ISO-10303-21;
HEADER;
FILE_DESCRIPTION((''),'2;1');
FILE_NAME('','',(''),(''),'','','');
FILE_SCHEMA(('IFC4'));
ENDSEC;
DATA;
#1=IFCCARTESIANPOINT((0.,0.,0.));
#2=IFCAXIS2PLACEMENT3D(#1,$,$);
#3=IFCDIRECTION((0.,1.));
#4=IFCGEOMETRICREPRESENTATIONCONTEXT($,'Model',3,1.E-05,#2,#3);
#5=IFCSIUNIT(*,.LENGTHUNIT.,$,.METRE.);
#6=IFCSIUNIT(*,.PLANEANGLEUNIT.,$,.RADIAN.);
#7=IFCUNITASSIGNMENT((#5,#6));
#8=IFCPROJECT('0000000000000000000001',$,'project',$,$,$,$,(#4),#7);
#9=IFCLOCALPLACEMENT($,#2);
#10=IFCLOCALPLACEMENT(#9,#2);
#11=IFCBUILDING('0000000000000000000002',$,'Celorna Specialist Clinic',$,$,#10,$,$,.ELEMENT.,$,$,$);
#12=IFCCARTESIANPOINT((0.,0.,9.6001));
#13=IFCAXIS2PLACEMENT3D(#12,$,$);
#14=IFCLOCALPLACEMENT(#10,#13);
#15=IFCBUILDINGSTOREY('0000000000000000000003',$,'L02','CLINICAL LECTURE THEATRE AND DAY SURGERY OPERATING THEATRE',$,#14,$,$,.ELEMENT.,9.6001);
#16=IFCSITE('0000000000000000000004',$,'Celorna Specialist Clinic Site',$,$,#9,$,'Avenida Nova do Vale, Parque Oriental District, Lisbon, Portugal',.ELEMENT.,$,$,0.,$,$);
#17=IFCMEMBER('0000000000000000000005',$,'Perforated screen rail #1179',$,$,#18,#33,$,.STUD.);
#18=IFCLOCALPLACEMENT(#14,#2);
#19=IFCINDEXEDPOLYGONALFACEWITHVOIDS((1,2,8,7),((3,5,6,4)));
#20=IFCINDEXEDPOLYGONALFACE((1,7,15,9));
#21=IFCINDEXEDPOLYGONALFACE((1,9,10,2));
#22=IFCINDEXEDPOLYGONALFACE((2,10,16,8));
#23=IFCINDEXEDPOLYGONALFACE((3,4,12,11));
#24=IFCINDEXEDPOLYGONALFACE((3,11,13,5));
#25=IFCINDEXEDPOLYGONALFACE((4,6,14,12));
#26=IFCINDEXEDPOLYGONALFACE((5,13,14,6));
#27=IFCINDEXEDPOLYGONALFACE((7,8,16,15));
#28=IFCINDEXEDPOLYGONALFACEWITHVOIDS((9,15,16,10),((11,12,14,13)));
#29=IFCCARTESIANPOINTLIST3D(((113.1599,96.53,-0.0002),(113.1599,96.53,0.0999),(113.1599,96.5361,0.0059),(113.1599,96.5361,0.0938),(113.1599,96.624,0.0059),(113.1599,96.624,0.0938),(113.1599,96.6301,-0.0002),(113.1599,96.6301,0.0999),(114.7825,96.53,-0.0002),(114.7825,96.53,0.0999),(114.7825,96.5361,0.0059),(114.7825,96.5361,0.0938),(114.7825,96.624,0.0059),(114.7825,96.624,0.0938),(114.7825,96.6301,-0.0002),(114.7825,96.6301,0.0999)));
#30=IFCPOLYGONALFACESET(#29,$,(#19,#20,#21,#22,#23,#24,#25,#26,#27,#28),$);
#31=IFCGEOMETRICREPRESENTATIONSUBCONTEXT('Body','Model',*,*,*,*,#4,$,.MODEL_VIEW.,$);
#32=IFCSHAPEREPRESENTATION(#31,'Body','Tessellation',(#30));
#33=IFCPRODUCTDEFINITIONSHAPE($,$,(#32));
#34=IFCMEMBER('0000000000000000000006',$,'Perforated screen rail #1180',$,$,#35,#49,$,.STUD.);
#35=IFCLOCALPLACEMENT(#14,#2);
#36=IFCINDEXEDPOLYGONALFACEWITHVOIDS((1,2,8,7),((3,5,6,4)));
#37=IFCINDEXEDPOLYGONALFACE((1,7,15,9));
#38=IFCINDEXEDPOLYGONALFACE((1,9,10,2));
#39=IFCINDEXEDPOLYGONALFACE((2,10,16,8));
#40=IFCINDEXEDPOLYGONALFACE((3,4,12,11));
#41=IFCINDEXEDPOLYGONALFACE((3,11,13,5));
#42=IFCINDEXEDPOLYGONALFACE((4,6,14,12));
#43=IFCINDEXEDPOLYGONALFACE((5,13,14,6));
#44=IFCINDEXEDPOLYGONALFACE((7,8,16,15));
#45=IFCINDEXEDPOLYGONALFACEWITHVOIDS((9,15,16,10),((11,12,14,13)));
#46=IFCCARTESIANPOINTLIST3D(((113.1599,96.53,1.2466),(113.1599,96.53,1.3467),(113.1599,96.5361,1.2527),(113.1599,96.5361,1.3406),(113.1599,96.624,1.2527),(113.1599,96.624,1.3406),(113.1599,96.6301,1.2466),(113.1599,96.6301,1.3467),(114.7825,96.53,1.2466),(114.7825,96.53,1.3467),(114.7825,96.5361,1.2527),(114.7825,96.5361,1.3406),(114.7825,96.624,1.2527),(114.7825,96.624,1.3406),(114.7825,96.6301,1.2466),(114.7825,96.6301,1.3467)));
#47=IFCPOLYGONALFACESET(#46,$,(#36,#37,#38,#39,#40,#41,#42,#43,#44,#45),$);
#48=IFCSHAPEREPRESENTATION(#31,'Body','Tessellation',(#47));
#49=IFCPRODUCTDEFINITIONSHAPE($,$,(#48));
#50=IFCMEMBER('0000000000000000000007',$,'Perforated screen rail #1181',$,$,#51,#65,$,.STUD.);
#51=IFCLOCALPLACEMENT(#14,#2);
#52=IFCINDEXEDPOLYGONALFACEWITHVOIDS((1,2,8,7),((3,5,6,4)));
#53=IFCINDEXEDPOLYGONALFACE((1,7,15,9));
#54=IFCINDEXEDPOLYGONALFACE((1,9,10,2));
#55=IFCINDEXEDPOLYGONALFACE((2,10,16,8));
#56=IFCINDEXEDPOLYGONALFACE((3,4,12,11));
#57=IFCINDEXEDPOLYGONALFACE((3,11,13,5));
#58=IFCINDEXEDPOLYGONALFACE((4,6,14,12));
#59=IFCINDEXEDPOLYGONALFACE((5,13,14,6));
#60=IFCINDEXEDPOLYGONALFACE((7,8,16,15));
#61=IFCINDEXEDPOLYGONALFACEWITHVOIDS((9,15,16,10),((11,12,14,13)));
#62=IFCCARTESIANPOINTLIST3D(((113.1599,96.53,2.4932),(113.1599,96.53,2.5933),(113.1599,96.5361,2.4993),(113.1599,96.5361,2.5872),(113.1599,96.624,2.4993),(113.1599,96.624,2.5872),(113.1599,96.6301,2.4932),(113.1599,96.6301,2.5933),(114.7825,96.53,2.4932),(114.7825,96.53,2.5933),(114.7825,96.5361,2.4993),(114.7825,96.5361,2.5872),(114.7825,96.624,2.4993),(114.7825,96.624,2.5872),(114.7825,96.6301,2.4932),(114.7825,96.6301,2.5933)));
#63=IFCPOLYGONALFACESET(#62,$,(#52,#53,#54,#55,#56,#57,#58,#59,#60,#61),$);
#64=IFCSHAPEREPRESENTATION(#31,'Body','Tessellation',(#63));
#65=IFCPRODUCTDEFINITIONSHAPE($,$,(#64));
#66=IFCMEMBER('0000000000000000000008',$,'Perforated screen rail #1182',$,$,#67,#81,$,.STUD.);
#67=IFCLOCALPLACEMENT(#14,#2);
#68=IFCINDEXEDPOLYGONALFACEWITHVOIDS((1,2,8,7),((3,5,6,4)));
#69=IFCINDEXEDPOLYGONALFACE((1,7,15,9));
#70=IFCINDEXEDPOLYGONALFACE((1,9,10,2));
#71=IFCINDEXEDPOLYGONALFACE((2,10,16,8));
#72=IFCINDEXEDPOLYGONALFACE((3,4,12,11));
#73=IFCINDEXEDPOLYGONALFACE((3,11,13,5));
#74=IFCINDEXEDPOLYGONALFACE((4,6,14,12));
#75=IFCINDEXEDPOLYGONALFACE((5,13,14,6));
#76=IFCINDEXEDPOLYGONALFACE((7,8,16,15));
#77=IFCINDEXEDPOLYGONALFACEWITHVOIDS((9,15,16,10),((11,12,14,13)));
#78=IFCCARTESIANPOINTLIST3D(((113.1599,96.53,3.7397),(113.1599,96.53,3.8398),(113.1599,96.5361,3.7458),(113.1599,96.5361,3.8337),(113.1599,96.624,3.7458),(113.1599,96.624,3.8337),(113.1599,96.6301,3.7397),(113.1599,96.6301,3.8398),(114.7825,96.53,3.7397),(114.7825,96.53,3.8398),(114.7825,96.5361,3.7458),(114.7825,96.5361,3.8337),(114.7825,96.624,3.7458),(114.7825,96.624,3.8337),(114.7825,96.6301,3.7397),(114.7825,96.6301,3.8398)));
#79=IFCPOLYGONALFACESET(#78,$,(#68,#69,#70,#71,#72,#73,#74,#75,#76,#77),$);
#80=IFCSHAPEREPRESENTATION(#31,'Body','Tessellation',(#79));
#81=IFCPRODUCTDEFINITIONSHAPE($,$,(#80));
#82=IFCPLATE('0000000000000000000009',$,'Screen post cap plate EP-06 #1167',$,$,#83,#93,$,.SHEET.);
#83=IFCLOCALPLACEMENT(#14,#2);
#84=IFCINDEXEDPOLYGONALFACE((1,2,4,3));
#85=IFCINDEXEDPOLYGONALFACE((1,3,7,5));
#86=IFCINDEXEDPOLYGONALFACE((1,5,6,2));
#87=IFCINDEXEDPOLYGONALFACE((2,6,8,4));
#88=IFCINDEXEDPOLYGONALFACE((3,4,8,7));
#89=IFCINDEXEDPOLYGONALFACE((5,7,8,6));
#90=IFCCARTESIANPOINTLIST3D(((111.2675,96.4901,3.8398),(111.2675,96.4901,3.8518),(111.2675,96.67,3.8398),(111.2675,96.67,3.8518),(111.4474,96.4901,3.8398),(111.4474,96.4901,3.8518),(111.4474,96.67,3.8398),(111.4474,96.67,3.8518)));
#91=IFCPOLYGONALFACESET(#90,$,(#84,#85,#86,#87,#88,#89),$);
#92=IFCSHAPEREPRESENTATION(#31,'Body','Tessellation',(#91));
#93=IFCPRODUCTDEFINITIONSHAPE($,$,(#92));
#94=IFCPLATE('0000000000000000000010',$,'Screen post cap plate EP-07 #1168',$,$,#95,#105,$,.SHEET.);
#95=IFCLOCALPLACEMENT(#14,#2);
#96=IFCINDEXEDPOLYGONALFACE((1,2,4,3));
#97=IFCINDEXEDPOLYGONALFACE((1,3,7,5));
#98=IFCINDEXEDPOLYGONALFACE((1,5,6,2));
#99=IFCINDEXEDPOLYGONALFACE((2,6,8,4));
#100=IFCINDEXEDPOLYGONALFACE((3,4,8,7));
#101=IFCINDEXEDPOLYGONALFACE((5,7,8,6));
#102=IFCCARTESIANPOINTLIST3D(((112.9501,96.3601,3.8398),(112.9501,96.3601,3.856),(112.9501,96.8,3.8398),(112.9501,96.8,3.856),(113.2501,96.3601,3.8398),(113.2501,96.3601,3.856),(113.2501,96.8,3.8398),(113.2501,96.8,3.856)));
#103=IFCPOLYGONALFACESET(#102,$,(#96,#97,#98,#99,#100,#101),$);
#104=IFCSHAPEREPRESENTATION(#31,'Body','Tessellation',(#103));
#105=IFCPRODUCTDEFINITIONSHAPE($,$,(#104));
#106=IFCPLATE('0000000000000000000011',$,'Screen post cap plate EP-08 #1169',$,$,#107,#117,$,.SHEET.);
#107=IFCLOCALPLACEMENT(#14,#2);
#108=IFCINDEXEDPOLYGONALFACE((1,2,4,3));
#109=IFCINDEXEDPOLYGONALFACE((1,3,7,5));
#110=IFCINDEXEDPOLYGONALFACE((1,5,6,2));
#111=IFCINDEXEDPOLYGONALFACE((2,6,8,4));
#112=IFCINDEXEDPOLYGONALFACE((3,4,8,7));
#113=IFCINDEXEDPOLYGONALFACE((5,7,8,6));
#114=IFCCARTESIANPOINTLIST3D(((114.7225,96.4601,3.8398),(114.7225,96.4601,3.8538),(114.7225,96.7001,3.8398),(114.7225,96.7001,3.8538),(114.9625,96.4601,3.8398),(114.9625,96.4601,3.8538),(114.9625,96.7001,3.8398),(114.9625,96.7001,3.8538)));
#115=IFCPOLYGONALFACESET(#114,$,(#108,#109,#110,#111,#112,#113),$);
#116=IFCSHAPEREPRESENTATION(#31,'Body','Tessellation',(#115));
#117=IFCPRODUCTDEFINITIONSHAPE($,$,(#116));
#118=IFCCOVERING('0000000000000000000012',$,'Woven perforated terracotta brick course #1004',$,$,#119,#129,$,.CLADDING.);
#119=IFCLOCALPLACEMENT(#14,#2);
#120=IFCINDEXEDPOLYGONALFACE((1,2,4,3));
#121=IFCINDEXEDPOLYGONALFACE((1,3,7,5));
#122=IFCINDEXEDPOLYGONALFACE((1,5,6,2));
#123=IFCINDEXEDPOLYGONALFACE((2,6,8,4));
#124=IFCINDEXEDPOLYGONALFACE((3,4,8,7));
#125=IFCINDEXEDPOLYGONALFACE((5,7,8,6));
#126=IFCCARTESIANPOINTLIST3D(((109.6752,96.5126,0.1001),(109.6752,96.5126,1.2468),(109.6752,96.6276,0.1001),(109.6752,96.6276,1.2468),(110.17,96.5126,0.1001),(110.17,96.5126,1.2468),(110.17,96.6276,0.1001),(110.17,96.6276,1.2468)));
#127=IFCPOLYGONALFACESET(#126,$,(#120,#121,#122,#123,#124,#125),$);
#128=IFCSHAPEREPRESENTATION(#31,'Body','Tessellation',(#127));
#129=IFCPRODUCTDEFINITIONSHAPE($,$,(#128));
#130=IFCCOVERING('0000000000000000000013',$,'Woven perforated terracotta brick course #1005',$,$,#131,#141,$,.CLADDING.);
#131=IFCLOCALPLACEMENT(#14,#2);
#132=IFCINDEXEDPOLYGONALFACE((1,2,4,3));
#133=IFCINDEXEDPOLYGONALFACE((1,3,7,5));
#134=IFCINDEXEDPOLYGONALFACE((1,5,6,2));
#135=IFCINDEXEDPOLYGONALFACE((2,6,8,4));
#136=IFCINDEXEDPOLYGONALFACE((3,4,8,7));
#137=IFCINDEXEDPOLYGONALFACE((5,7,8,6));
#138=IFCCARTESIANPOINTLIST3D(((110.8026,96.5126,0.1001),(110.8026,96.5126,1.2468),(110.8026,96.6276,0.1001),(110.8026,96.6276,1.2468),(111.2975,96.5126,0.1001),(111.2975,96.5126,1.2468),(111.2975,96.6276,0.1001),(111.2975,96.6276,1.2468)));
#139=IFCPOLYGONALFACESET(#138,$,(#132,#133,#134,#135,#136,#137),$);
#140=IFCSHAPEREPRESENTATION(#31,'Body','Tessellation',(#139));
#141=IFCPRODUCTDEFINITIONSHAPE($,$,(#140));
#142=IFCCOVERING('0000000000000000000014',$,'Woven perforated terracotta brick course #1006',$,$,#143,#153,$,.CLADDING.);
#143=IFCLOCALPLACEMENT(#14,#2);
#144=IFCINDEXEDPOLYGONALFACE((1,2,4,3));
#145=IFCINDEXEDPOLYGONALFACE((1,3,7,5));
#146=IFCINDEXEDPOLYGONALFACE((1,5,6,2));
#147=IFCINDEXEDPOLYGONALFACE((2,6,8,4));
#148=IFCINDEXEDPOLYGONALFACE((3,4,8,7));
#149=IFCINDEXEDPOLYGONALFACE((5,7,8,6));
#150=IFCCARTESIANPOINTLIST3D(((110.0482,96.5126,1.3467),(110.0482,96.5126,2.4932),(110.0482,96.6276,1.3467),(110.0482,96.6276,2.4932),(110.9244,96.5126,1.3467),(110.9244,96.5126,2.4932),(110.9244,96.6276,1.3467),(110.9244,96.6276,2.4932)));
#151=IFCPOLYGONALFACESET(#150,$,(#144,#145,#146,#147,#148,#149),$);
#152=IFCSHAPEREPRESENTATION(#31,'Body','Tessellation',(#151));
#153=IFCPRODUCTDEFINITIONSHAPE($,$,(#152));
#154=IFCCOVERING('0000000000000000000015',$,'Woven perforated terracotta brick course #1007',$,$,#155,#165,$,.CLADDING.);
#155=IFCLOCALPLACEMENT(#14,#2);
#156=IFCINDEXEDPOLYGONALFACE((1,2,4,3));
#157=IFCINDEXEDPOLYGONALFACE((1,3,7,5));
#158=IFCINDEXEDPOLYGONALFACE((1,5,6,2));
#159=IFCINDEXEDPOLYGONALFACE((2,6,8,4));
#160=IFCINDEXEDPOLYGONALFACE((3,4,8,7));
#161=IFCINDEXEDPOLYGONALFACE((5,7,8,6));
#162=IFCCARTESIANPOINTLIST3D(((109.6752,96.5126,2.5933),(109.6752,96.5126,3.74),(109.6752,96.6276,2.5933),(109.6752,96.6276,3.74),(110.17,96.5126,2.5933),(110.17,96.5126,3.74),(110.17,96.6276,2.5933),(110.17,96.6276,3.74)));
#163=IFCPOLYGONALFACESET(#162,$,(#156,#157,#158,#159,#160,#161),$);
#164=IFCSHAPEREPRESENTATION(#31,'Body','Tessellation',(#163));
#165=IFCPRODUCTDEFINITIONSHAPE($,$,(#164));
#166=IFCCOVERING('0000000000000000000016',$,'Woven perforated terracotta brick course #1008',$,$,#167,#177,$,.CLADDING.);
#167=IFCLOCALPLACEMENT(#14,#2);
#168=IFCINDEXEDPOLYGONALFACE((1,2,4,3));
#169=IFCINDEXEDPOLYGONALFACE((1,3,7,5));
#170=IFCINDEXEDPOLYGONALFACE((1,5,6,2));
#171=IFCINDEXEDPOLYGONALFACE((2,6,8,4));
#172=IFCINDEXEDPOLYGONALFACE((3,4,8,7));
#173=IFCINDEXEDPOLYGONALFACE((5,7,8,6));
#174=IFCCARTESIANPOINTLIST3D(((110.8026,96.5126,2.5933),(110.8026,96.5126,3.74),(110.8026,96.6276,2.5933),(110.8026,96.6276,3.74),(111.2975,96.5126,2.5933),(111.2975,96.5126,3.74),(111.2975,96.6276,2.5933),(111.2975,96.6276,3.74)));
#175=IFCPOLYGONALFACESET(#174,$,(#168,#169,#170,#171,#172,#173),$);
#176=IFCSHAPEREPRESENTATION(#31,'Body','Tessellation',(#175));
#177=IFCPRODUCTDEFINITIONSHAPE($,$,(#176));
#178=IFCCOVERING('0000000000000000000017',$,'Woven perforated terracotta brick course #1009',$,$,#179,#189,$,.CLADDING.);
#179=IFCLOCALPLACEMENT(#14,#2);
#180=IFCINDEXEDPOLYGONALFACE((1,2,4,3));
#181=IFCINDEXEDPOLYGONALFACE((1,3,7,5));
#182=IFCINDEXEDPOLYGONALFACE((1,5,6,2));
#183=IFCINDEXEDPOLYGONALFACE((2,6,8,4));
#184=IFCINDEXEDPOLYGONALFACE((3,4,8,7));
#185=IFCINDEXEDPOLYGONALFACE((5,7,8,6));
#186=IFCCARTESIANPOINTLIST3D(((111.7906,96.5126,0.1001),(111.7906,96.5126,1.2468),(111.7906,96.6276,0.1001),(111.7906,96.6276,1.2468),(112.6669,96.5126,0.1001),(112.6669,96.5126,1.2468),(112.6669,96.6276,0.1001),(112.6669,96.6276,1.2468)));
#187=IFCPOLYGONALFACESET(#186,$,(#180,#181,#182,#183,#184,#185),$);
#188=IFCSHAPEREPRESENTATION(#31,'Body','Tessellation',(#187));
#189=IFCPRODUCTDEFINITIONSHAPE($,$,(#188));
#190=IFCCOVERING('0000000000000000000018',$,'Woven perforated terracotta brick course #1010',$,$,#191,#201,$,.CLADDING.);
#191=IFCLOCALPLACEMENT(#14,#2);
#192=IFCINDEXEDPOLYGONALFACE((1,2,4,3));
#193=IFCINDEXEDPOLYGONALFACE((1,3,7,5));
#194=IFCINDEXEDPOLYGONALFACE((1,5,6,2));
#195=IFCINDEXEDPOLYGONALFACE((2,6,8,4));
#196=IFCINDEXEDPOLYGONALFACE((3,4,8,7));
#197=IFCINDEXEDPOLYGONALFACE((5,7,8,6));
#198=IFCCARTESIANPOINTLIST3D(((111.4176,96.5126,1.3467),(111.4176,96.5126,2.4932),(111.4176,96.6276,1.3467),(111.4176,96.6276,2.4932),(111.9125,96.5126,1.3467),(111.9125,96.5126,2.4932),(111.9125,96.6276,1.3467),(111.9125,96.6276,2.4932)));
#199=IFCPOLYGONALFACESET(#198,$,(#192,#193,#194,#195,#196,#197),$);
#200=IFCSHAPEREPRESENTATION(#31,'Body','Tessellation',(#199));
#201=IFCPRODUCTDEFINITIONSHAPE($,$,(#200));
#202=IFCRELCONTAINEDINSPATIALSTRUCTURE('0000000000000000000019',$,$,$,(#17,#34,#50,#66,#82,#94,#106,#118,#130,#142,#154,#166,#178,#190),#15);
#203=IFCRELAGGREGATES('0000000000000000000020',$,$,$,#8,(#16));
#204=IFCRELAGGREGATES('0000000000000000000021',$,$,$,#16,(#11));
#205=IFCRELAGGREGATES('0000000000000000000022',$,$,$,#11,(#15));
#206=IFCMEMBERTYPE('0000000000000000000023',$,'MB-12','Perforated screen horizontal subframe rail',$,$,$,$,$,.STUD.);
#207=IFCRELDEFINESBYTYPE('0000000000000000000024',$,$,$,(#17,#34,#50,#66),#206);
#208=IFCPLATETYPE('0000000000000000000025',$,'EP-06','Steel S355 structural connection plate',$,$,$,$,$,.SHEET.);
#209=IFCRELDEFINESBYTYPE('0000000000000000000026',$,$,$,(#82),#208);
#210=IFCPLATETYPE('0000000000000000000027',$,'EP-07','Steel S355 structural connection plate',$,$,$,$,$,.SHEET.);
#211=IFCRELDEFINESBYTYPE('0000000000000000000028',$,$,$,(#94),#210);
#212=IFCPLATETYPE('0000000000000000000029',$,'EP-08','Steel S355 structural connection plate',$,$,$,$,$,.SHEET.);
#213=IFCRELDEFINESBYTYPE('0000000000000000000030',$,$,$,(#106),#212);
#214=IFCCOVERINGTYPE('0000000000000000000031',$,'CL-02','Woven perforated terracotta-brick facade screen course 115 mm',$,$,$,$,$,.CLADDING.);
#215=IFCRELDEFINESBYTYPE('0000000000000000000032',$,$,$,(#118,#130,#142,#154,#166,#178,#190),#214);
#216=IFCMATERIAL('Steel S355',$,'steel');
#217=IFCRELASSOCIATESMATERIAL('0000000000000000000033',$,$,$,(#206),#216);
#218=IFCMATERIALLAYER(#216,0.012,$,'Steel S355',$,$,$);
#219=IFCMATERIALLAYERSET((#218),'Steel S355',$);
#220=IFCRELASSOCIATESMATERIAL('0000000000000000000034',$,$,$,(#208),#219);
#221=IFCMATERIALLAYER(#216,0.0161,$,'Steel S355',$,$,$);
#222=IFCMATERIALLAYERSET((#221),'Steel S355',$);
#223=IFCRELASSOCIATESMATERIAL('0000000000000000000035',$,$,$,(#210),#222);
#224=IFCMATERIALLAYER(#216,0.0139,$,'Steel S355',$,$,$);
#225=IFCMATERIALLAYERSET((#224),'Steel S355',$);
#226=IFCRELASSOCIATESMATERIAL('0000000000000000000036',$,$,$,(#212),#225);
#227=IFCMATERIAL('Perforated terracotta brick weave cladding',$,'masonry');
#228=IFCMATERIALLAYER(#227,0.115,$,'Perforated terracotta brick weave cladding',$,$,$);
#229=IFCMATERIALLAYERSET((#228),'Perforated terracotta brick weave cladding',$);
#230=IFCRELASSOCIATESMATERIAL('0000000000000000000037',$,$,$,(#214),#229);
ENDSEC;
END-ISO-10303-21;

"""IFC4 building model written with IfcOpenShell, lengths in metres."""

from ifc_helpers import new_model, si_unit, direction, frame, origin, origin_2d, place, context, subcontext, project, spatial, rectangle, hollow_rectangle, extrude, material, layer, layer_set, material_profile, profile_set, type_object, element, save


model = new_model("IFC4")

# Units and contexts
model_context = context("Model", 3, precision=1e-05, world=origin(), true_north=direction((0.0, 1.0)))
body_context = subcontext(model_context, "Body", "Model", "MODEL_VIEW")
ifc_project = project(units=[si_unit("LENGTHUNIT", "METRE"), si_unit("PLANEANGLEUNIT", "RADIAN")], contexts=[model_context])

# Site, building, storey
site_placement = place(None, origin())
site = spatial("IfcSite", under=ifc_project, at=site_placement, Name="Celorna Specialist Clinic Site", LongName="Avenida Nova do Vale, Parque Oriental District, Lisbon, Portugal", CompositionType="ELEMENT", RefElevation=0.0)
building_placement = place(site_placement, origin())
building = spatial("IfcBuilding", under=site, at=building_placement, Name="Celorna Specialist Clinic", CompositionType="ELEMENT")
storey_placement = place(building_placement, frame((0.0, 0.0, 9.6001)))
storey = spatial("IfcBuildingStorey", under=building, at=storey_placement, Name="L02", Description="CLINICAL LECTURE THEATRE AND DAY SURGERY OPERATING THEATRE", CompositionType="ELEMENT", Elevation=9.6001)

# Shared definitions
ifc_material_1 = material(Name="Steel S355", Category="steel")

# Members
ifc_material_profile_1 = material_profile(ifc_material_1, hollow_rectangle(XDim=0.1001, YDim=0.1001, WallThickness=0.0061, at=origin_2d()), Name="SHS 100x100x6")
ifc_profile_set_1 = profile_set([ifc_material_profile_1], Name="Steel S355")
member_type_1 = type_object("IfcMemberType", Name="MB-12", Description="Perforated screen horizontal subframe rail", PredefinedType="STUD", material=ifc_profile_set_1)
for number, where, z_axis, x_axis, name in (
    (1, (113.1599, 96.5801, 0.0498), (1.0, 0.0, 0.0), (0.0, 1.0, 0.0), "Perforated screen rail #1179"),
    (2, (113.1599, 96.5801, 1.2966), (1.0, 0.0, 0.0), (0.0, 1.0, 0.0), "Perforated screen rail #1180"),
    (3, (113.1599, 96.5801, 2.5432), (1.0, 0.0, 0.0), (0.0, 1.0, 0.0), "Perforated screen rail #1181"),
    (4, (113.1599, 96.5801, 3.7898), (1.0, 0.0, 0.0), (0.0, 1.0, 0.0), "Perforated screen rail #1182"),
):
    element("IfcMember", number, at=place(storey_placement, frame(where, z_axis=z_axis, x_axis=x_axis)), inside=storey, type_object=member_type_1, Name=name, PredefinedType="STUD", context=body_context, shape_type="SweptSolid", body=[
        extrude(hollow_rectangle(XDim=0.1001, YDim=0.1001, WallThickness=0.0061, at=origin_2d()), origin(), (0.0, 0.0, 1.0), 1.6226),
    ])

# Plates
ifc_layer_1 = layer(ifc_material_1, 0.012, Name="Steel S355")
ifc_layer_set_1 = layer_set([ifc_layer_1], Name="Steel S355")
plate_type_1 = type_object("IfcPlateType", Name="EP-06", Description="Steel S355 structural connection plate", PredefinedType="SHEET", material=ifc_layer_set_1)
plate_1_placement = place(storey_placement, frame((111.3574, 96.5801, 3.8398), z_axis=(0.0, 0.0, 1.0), x_axis=(1.0, 0.0, 0.0)))
element("IfcPlate", 5, at=plate_1_placement, inside=storey, type_object=plate_type_1, Name="Screen post cap plate EP-06 #1167", PredefinedType="SHEET", context=body_context, shape_type="SweptSolid", body=[
    extrude(rectangle(XDim=0.1799, YDim=0.1799, at=origin_2d()), origin(), (0.0, 0.0, 1.0), 0.012),
])
ifc_layer_2 = layer(ifc_material_1, 0.0161, Name="Steel S355")
ifc_layer_set_2 = layer_set([ifc_layer_2], Name="Steel S355")
plate_type_2 = type_object("IfcPlateType", Name="EP-07", Description="Steel S355 structural connection plate", PredefinedType="SHEET", material=ifc_layer_set_2)
plate_2_placement = place(storey_placement, frame((113.1001, 96.5801, 3.8398), z_axis=(0.0, 0.0, 1.0), x_axis=(1.0, 0.0, 0.0)))
element("IfcPlate", 6, at=plate_2_placement, inside=storey, type_object=plate_type_2, Name="Screen post cap plate EP-07 #1168", PredefinedType="SHEET", context=body_context, shape_type="SweptSolid", body=[
    extrude(rectangle(XDim=0.3, YDim=0.4399, at=origin_2d()), origin(), (0.0, 0.0, 1.0), 0.0161),
])
ifc_layer_3 = layer(ifc_material_1, 0.0139, Name="Steel S355")
ifc_layer_set_3 = layer_set([ifc_layer_3], Name="Steel S355")
plate_type_3 = type_object("IfcPlateType", Name="EP-08", Description="Steel S355 structural connection plate", PredefinedType="SHEET", material=ifc_layer_set_3)
plate_3_placement = place(storey_placement, frame((114.8425, 96.5801, 3.8398), z_axis=(0.0, 0.0, 1.0), x_axis=(1.0, 0.0, 0.0)))
element("IfcPlate", 7, at=plate_3_placement, inside=storey, type_object=plate_type_3, Name="Screen post cap plate EP-08 #1169", PredefinedType="SHEET", context=body_context, shape_type="SweptSolid", body=[
    extrude(rectangle(XDim=0.24, YDim=0.24, at=origin_2d()), origin(), (0.0, 0.0, 1.0), 0.0139),
])

# Coverings
ifc_material_2 = material(Name="Perforated terracotta brick weave cladding", Category="masonry")
ifc_layer_4 = layer(ifc_material_2, 0.115, Name="Perforated terracotta brick weave cladding")
ifc_layer_set_4 = layer_set([ifc_layer_4], Name="Perforated terracotta brick weave cladding")
covering_type = type_object("IfcCoveringType", Name="CL-02", Description="Woven perforated terracotta-brick facade screen course 115 mm", PredefinedType="CLADDING", material=ifc_layer_set_4)
for number, where, z_axis, x_axis, name in (
    (8, (109.9226, 96.5701, 0.1001), (0.0, 0.0, 1.0), (1.0, 0.0, 0.0), "Woven perforated terracotta brick course #1004"),
    (9, (111.05, 96.5701, 0.1001), (0.0, 0.0, 1.0), (1.0, 0.0, 0.0), "Woven perforated terracotta brick course #1005"),
):
    element("IfcCovering", number, at=place(storey_placement, frame(where, z_axis=z_axis, x_axis=x_axis)), inside=storey, type_object=covering_type, Name=name, PredefinedType="CLADDING", context=body_context, shape_type="SweptSolid", body=[
        extrude(rectangle(XDim=0.4949, YDim=0.115, at=origin_2d()), origin(), (0.0, 0.0, 1.0), 1.1467),
    ])
covering_1_placement = place(storey_placement, frame((110.4863, 96.5701, 1.3467), z_axis=(0.0, 0.0, 1.0), x_axis=(1.0, 0.0, 0.0)))
element("IfcCovering", 10, at=covering_1_placement, inside=storey, type_object=covering_type, Name="Woven perforated terracotta brick course #1006", PredefinedType="CLADDING", context=body_context, shape_type="SweptSolid", body=[
    extrude(rectangle(XDim=0.8762, YDim=0.115, at=origin_2d()), origin(), (0.0, 0.0, 1.0), 1.1465),
])
for number, where, z_axis, x_axis, name in (
    (11, (109.9226, 96.5701, 2.5933), (0.0, 0.0, 1.0), (1.0, 0.0, 0.0), "Woven perforated terracotta brick course #1007"),
    (12, (111.05, 96.5701, 2.5933), (0.0, 0.0, 1.0), (1.0, 0.0, 0.0), "Woven perforated terracotta brick course #1008"),
):
    element("IfcCovering", number, at=place(storey_placement, frame(where, z_axis=z_axis, x_axis=x_axis)), inside=storey, type_object=covering_type, Name=name, PredefinedType="CLADDING", context=body_context, shape_type="SweptSolid", body=[
        extrude(rectangle(XDim=0.4949, YDim=0.115, at=origin_2d()), origin(), (0.0, 0.0, 1.0), 1.1467),
    ])
covering_2_placement = place(storey_placement, frame((112.2288, 96.5701, 0.1001), z_axis=(0.0, 0.0, 1.0), x_axis=(1.0, 0.0, 0.0)))
element("IfcCovering", 13, at=covering_2_placement, inside=storey, type_object=covering_type, Name="Woven perforated terracotta brick course #1009", PredefinedType="CLADDING", context=body_context, shape_type="SweptSolid", body=[
    extrude(rectangle(XDim=0.8762, YDim=0.115, at=origin_2d()), origin(), (0.0, 0.0, 1.0), 1.1467),
])
for number, where, z_axis, x_axis, name in (
    (14, (111.665, 96.5701, 1.3467), (0.0, 0.0, 1.0), (1.0, 0.0, 0.0), "Woven perforated terracotta brick course #1010"),
):
    element("IfcCovering", number, at=place(storey_placement, frame(where, z_axis=z_axis, x_axis=x_axis)), inside=storey, type_object=covering_type, Name=name, PredefinedType="CLADDING", context=body_context, shape_type="SweptSolid", body=[
        extrude(rectangle(XDim=0.4949, YDim=0.115, at=origin_2d()), origin(), (0.0, 0.0, 1.0), 1.1465),
    ])

save(model, "model.ifc")
